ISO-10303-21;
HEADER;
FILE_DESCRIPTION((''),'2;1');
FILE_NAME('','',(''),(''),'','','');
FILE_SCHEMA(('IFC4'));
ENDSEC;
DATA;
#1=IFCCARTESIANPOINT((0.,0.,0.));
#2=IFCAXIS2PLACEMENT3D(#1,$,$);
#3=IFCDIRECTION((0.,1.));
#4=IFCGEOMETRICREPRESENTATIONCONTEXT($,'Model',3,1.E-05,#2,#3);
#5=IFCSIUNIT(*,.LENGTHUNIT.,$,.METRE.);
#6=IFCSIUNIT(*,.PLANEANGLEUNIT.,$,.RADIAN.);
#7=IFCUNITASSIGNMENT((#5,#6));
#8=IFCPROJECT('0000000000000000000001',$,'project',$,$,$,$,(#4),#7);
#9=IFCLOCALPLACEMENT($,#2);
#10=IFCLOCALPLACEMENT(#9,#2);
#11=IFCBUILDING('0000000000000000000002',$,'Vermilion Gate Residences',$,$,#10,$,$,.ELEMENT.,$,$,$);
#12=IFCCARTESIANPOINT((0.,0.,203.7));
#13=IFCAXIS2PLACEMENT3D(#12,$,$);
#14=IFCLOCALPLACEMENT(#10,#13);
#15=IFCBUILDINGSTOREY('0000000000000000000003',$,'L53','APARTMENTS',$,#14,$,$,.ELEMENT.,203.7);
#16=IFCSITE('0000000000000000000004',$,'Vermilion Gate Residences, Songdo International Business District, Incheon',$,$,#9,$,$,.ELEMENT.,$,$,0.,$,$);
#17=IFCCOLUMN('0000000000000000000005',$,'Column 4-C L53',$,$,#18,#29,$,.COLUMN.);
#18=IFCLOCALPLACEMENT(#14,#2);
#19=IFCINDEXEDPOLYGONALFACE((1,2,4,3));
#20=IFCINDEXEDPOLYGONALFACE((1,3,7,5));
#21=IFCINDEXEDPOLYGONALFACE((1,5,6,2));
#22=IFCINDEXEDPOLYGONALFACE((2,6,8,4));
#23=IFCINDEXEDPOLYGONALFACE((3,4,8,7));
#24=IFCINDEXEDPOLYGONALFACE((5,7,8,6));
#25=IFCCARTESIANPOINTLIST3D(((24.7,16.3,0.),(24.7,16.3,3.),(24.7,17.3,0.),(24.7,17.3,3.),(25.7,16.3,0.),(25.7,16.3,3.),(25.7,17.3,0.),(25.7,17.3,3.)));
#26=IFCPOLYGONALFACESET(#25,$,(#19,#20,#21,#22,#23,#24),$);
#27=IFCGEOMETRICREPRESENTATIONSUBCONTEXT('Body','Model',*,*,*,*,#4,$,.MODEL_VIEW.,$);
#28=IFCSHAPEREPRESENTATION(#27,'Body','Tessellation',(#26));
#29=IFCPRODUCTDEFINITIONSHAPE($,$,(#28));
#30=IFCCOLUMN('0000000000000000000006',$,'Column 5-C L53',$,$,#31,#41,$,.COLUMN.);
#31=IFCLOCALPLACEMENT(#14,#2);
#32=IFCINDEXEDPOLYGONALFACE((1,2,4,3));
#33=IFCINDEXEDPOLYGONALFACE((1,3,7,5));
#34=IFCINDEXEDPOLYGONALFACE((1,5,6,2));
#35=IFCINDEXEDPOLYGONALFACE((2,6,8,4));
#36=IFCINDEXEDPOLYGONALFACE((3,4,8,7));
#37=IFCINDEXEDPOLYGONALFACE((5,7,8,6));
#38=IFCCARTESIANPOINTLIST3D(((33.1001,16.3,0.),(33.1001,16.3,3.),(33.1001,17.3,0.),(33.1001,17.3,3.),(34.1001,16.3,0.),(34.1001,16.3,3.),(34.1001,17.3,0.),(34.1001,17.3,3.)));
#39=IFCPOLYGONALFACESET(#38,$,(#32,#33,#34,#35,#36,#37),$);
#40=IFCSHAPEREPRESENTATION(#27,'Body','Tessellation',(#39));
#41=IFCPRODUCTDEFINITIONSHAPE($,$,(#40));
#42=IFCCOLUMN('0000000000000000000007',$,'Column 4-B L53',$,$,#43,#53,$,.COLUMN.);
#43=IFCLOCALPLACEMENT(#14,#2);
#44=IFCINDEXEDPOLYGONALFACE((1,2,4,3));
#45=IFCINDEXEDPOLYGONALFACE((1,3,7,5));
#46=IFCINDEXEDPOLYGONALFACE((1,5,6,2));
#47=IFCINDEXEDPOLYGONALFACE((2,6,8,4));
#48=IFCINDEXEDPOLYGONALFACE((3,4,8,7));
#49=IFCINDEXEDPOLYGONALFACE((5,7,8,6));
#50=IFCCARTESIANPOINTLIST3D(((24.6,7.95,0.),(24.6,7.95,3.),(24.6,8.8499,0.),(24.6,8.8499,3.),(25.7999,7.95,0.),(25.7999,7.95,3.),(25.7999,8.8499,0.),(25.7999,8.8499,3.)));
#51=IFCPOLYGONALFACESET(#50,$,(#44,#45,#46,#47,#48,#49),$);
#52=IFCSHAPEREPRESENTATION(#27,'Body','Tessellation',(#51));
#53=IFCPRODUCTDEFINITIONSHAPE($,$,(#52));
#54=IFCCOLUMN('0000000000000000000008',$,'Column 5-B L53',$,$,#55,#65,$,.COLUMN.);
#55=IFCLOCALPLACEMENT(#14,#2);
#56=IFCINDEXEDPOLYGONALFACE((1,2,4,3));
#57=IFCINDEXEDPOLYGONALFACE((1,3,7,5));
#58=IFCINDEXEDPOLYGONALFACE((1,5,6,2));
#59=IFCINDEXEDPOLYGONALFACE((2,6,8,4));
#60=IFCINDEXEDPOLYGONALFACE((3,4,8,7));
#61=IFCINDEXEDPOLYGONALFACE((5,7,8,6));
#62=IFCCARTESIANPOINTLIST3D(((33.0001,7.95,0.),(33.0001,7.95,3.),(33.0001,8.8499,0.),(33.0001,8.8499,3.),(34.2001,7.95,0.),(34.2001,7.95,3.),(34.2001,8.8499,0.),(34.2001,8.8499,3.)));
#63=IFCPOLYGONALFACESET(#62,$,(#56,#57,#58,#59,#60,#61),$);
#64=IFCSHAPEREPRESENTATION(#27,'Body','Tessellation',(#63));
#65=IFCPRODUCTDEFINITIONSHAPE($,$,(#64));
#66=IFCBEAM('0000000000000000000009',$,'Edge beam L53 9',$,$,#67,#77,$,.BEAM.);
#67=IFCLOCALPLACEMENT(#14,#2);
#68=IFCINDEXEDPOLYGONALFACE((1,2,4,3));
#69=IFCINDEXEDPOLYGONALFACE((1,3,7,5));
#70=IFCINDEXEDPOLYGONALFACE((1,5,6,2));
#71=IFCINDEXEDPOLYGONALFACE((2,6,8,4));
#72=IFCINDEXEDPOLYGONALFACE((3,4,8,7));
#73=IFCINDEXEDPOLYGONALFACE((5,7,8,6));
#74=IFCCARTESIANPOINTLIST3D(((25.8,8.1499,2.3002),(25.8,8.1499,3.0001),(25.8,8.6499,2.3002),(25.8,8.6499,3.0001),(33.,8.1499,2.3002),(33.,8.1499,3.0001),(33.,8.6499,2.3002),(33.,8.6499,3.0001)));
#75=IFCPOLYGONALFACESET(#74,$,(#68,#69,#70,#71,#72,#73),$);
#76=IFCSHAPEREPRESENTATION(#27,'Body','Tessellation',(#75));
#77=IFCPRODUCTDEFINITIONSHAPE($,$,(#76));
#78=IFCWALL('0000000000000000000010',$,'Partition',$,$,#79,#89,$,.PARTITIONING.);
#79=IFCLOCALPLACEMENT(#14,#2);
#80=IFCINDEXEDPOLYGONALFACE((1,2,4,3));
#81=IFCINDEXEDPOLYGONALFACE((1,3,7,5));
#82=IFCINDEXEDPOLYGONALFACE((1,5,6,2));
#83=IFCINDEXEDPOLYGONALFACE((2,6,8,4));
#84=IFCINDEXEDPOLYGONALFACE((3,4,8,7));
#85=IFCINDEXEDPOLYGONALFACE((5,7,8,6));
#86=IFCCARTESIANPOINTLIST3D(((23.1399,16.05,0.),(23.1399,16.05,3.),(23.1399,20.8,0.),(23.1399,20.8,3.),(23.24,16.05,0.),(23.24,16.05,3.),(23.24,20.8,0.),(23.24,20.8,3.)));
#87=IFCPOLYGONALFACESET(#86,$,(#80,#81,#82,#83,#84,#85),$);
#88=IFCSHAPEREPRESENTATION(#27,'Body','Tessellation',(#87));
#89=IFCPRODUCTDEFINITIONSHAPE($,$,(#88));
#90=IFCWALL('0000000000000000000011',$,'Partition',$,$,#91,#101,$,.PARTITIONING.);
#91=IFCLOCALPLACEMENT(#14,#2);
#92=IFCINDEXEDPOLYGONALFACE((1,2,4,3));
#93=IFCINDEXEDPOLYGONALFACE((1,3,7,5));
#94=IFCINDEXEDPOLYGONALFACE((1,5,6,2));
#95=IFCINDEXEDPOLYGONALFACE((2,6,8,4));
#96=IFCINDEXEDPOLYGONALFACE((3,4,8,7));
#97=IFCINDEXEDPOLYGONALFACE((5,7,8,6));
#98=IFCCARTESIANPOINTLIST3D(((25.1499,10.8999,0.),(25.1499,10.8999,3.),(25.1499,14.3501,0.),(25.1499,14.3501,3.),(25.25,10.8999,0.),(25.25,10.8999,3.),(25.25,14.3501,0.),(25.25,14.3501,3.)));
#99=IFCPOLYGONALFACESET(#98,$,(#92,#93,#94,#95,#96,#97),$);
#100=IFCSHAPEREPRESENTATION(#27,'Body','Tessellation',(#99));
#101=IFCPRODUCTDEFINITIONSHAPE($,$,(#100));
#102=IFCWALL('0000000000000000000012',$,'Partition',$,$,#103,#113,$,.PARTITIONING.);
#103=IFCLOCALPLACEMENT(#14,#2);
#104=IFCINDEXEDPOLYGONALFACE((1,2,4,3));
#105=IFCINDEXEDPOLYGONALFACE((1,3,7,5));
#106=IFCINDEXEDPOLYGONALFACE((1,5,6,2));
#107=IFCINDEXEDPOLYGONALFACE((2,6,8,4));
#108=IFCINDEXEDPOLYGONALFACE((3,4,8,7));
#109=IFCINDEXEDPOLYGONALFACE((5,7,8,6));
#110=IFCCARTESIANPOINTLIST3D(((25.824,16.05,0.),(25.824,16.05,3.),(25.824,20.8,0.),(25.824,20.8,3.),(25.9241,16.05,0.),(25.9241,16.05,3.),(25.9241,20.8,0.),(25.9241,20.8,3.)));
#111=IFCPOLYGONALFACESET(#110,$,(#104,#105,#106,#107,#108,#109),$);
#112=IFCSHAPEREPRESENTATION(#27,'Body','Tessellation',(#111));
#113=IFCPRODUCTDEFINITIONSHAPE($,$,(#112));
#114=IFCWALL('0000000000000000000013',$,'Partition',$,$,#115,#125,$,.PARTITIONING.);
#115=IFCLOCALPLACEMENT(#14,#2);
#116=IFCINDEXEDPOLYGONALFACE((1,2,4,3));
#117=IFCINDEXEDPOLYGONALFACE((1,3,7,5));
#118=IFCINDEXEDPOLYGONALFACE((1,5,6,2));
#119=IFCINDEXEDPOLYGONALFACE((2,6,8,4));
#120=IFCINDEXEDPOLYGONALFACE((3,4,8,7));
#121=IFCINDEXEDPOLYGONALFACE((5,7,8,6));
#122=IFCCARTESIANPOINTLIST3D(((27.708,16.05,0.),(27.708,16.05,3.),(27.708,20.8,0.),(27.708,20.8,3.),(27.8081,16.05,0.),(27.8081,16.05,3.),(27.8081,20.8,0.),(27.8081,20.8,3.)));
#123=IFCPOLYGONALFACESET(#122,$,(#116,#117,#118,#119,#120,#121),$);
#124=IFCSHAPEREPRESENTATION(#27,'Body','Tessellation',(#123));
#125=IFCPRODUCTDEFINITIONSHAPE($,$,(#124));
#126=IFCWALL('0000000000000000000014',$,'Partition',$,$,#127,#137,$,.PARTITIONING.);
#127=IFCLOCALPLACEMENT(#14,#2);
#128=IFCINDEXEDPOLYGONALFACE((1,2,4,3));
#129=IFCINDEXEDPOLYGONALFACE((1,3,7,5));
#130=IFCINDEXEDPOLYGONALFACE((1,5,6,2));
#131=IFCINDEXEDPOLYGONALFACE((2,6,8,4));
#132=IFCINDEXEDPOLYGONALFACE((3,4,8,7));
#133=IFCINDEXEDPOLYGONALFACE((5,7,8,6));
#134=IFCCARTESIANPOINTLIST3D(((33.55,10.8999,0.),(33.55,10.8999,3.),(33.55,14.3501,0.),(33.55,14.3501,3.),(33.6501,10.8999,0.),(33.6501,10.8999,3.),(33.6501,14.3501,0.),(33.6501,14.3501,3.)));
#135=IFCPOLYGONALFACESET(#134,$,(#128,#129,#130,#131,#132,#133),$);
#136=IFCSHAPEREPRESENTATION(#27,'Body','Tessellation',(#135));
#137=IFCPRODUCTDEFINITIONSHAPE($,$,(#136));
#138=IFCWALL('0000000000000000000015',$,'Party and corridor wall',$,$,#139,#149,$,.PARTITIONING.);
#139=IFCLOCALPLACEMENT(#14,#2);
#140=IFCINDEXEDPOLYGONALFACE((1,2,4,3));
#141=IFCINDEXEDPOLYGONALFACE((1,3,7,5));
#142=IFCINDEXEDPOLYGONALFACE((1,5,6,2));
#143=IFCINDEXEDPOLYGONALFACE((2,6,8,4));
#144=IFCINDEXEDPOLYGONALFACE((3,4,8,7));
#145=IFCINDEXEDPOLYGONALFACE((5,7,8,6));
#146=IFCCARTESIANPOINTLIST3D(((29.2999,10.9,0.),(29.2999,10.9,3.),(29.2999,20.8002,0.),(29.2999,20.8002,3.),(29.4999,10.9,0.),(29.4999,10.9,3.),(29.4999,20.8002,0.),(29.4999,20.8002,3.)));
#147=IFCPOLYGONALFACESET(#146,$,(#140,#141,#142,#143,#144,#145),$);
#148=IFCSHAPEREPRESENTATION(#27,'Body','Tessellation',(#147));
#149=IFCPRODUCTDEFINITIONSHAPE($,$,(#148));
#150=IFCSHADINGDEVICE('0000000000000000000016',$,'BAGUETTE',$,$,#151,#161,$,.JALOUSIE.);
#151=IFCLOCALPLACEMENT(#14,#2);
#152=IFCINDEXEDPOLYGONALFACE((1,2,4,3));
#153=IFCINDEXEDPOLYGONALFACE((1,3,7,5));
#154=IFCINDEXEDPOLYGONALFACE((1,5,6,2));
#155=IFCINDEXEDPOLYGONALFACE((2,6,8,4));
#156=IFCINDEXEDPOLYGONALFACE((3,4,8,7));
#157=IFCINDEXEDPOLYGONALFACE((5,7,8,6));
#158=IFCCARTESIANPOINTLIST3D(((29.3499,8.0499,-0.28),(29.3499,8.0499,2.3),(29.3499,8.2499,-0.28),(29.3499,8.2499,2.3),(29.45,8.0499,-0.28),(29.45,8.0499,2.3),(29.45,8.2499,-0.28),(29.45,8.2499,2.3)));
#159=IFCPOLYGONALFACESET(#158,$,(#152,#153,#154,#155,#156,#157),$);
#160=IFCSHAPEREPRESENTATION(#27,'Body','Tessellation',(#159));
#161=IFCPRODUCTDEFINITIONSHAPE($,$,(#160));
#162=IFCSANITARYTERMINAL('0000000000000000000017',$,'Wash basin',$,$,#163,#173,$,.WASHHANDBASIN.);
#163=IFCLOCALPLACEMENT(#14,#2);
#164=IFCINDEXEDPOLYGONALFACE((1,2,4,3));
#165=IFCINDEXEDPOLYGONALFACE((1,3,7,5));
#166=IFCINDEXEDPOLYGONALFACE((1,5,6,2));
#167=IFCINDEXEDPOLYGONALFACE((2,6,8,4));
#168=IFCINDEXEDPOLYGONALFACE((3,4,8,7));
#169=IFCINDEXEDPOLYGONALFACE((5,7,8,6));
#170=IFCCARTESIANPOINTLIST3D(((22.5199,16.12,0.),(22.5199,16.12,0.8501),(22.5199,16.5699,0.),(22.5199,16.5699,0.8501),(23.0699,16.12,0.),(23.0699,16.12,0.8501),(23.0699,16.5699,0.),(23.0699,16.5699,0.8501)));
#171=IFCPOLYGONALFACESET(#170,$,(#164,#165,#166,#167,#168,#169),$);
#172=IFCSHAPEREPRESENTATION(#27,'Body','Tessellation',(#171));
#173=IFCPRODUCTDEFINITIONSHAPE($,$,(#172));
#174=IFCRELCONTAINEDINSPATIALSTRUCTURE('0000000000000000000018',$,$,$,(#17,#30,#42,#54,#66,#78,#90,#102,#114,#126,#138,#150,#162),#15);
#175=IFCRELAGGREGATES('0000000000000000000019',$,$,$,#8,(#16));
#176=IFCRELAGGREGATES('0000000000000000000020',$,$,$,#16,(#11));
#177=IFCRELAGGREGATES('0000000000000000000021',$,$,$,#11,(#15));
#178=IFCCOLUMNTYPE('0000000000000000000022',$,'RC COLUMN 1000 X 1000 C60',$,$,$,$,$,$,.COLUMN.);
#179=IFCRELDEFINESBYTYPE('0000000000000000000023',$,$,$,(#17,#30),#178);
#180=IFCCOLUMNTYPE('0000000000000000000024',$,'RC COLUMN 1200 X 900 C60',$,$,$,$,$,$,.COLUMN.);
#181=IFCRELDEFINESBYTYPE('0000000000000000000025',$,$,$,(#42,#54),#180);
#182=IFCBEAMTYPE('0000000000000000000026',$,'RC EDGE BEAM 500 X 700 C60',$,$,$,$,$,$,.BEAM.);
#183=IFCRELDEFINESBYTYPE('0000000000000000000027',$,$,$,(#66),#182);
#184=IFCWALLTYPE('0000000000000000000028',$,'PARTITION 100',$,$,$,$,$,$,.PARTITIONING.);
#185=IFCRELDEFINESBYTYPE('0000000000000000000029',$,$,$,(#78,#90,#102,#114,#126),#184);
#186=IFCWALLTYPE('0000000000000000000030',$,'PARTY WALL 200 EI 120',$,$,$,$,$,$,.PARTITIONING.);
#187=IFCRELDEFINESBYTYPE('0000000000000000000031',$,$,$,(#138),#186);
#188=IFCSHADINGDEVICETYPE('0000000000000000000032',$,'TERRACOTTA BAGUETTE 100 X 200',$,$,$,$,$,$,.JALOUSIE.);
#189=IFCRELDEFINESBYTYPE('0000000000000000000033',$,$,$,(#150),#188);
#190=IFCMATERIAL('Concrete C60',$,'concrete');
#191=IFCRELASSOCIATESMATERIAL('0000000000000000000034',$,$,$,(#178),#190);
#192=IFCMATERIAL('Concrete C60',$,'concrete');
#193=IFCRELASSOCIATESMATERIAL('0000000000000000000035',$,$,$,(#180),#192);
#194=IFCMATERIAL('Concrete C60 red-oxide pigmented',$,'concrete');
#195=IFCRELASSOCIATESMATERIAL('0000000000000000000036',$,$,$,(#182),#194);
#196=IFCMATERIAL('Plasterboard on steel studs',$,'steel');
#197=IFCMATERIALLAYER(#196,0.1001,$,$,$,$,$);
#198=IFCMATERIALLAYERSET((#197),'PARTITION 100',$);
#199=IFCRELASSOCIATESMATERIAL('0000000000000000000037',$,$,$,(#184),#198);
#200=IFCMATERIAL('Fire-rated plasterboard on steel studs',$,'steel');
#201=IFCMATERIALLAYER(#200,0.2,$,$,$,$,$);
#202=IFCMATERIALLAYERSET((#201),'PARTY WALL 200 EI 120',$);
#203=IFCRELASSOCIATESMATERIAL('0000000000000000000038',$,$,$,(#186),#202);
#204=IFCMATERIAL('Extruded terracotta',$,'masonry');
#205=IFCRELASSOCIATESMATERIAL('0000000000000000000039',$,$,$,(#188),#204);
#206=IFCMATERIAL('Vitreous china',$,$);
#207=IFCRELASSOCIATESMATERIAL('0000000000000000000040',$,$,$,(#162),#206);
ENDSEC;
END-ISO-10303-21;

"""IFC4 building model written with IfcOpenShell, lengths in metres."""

from ifc_helpers import new_model, si_unit, direction, frame, frame_2d, origin, origin_2d, place, context, subcontext, project, spatial, rectangle, extrude, material, layer, layer_set, material_profile, profile_set, type_object, element, save


model = new_model("IFC4")

# Units and contexts
model_context = context("Model", 3, precision=1e-05, world=origin(), true_north=direction((0.0, 1.0)))
body_context = subcontext(model_context, "Body", "Model", "MODEL_VIEW")
ifc_project = project(units=[si_unit("LENGTHUNIT", "METRE"), si_unit("PLANEANGLEUNIT", "RADIAN")], contexts=[model_context])

# Site, building, storey
site_placement = place(None, origin())
site = spatial("IfcSite", under=ifc_project, at=site_placement, Name="Vermilion Gate Residences, Songdo International Business District, Incheon", CompositionType="ELEMENT", RefElevation=0.0)
building_placement = place(site_placement, origin())
building = spatial("IfcBuilding", under=site, at=building_placement, Name="Vermilion Gate Residences", CompositionType="ELEMENT")
storey_placement = place(building_placement, frame((0.0, 0.0, 203.7)))
storey = spatial("IfcBuildingStorey", under=building, at=storey_placement, Name="L53", Description="APARTMENTS", CompositionType="ELEMENT", Elevation=203.7)

# Columns
ifc_material_1 = material(Name="Concrete C60", Category="concrete")
ifc_material_profile_1 = material_profile(ifc_material_1, rectangle(XDim=1.0, YDim=1.0, at=origin_2d()), Name="RC-1000x1000")
ifc_profile_set_1 = profile_set([ifc_material_profile_1], Name="Concrete C60")
column_type_1 = type_object("IfcColumnType", Name="RC COLUMN 1000 X 1000 C60", PredefinedType="COLUMN", material=ifc_profile_set_1)
for number, where, z_axis, x_axis, name in (
    (1, (25.2, 16.8, 0.0), (0.0, 0.0, 1.0), (1.0, 0.0, 0.0), "Column 4-C L53"),
    (2, (33.6001, 16.8, 0.0), (0.0, 0.0, 1.0), (1.0, 0.0, 0.0), "Column 5-C L53"),
):
    element("IfcColumn", number, at=place(storey_placement, frame(where, z_axis=z_axis, x_axis=x_axis)), inside=storey, type_object=column_type_1, Name=name, PredefinedType="COLUMN", context=body_context, shape_type="SweptSolid", body=[
        extrude(rectangle(XDim=1.0, YDim=1.0, at=origin_2d()), origin(), (0.0, 0.0, 1.0), 3.0),
    ])
ifc_material_2 = material(Name="Concrete C60", Category="concrete")
ifc_material_profile_2 = material_profile(ifc_material_2, rectangle(XDim=1.2, YDim=0.8999, at=origin_2d()), Name="RC-1200x900")
ifc_profile_set_2 = profile_set([ifc_material_profile_2], Name="Concrete C60")
column_type_2 = type_object("IfcColumnType", Name="RC COLUMN 1200 X 900 C60", PredefinedType="COLUMN", material=ifc_profile_set_2)
for number, where, z_axis, x_axis, name in (
    (3, (25.2, 8.3999, 0.0), (0.0, 0.0, 1.0), (1.0, 0.0, 0.0), "Column 4-B L53"),
    (4, (33.6001, 8.3999, 0.0), (0.0, 0.0, 1.0), (1.0, 0.0, 0.0), "Column 5-B L53"),
):
    element("IfcColumn", number, at=place(storey_placement, frame(where, z_axis=z_axis, x_axis=x_axis)), inside=storey, type_object=column_type_2, Name=name, PredefinedType="COLUMN", context=body_context, shape_type="SweptSolid", body=[
        extrude(rectangle(XDim=1.2, YDim=0.8999, at=origin_2d()), origin(), (0.0, 0.0, 1.0), 3.0),
    ])

# Beam
ifc_material_3 = material(Name="Concrete C60 red-oxide pigmented", Category="concrete")
ifc_material_profile_3 = material_profile(ifc_material_3, rectangle(XDim=0.5, YDim=0.7, at=origin_2d()), Name="RC-500x700")
ifc_profile_set_3 = profile_set([ifc_material_profile_3], Name="Concrete C60 red-oxide pigmented")
beam_type = type_object("IfcBeamType", Name="RC EDGE BEAM 500 X 700 C60", PredefinedType="BEAM", material=ifc_profile_set_3)
beam_placement = place(storey_placement, frame((25.8, 8.3999, 2.6501), z_axis=(1.0, 0.0, 0.0), x_axis=(0.0, 1.0, 0.0)))
element("IfcBeam", 5, at=beam_placement, inside=storey, type_object=beam_type, Name="Edge beam L53 9", PredefinedType="BEAM", context=body_context, shape_type="SweptSolid", body=[
    extrude(rectangle(XDim=0.5, YDim=0.7, at=origin_2d()), origin(), (0.0, 0.0, 1.0), 7.2),
])

# Walls
ifc_material_4 = material(Name="Plasterboard on steel studs", Category="steel")
ifc_layer_1 = layer(ifc_material_4, 0.1001)
ifc_layer_set_1 = layer_set([ifc_layer_1], Name="PARTITION 100")
wall_type_1 = type_object("IfcWallType", Name="PARTITION 100", PredefinedType="PARTITIONING", material=ifc_layer_set_1)
wall_1_placement = place(storey_placement, frame((23.1899, 16.05, 0.0), z_axis=(0.0, 0.0, 1.0), x_axis=(0.0, 1.0, 0.0)))
element("IfcWall", 6, at=wall_1_placement, inside=storey, type_object=wall_type_1, Name="Partition", PredefinedType="PARTITIONING", context=body_context, shape_type="SweptSolid", body=[
    extrude(rectangle(XDim=4.75, YDim=0.1001, at=frame_2d((2.375, 0.0))), origin(), (0.0, 0.0, 1.0), 3.0),
])
wall_2_placement = place(storey_placement, frame((25.2, 10.8999, 0.0), z_axis=(0.0, 0.0, 1.0), x_axis=(0.0, 1.0, 0.0)))
element("IfcWall", 7, at=wall_2_placement, inside=storey, type_object=wall_type_1, Name="Partition", PredefinedType="PARTITIONING", context=body_context, shape_type="SweptSolid", body=[
    extrude(rectangle(XDim=3.4502, YDim=0.1001, at=frame_2d((1.7251, 0.0))), origin(), (0.0, 0.0, 1.0), 3.0),
])
for number, where, z_axis, x_axis, name in (
    (8, (25.874, 16.05, 0.0), (0.0, 0.0, 1.0), (0.0, 1.0, 0.0), "Partition"),
    (9, (27.7581, 16.05, 0.0), (0.0, 0.0, 1.0), (0.0, 1.0, 0.0), "Partition"),
):
    element("IfcWall", number, at=place(storey_placement, frame(where, z_axis=z_axis, x_axis=x_axis)), inside=storey, type_object=wall_type_1, Name=name, PredefinedType="PARTITIONING", context=body_context, shape_type="SweptSolid", body=[
        extrude(rectangle(XDim=4.75, YDim=0.1001, at=frame_2d((2.375, 0.0))), origin(), (0.0, 0.0, 1.0), 3.0),
    ])
wall_3_placement = place(storey_placement, frame((33.6001, 10.8999, 0.0), z_axis=(0.0, 0.0, 1.0), x_axis=(0.0, 1.0, 0.0)))
element("IfcWall", 10, at=wall_3_placement, inside=storey, type_object=wall_type_1, Name="Partition", PredefinedType="PARTITIONING", context=body_context, shape_type="SweptSolid", body=[
    extrude(rectangle(XDim=3.4502, YDim=0.1001, at=frame_2d((1.7251, 0.0))), origin(), (0.0, 0.0, 1.0), 3.0),
])
ifc_material_5 = material(Name="Fire-rated plasterboard on steel studs", Category="steel")
ifc_layer_2 = layer(ifc_material_5, 0.2)
ifc_layer_set_2 = layer_set([ifc_layer_2], Name="PARTY WALL 200 EI 120")
wall_type_2 = type_object("IfcWallType", Name="PARTY WALL 200 EI 120", PredefinedType="PARTITIONING", material=ifc_layer_set_2)
wall_4_placement = place(storey_placement, frame((29.3999, 10.8999, 0.0), z_axis=(0.0, 0.0, 1.0), x_axis=(0.0, 1.0, 0.0)))
element("IfcWall", 11, at=wall_4_placement, inside=storey, type_object=wall_type_2, Name="Party and corridor wall", PredefinedType="PARTITIONING", context=body_context, shape_type="SweptSolid", body=[
    extrude(rectangle(XDim=9.9001, YDim=0.2, at=frame_2d((4.9502, 0.0))), origin(), (0.0, 0.0, 1.0), 3.0),
])

# Shading device
ifc_material_6 = material(Name="Extruded terracotta", Category="masonry")
ifc_material_profile_4 = material_profile(ifc_material_6, rectangle(XDim=0.2, YDim=0.1001, at=origin_2d()), Name="BAGUETTE 100 X 200")
ifc_profile_set_4 = profile_set([ifc_material_profile_4], Name="Extruded terracotta")
shading_device_type = type_object("IfcShadingDeviceType", Name="TERRACOTTA BAGUETTE 100 X 200", PredefinedType="JALOUSIE", material=ifc_profile_set_4)
shading_device_placement = place(storey_placement, frame((29.3999, 8.1499, -0.28), z_axis=(0.0, 0.0, 1.0), x_axis=(0.0, 1.0, 0.0)))
element("IfcShadingDevice", 12, at=shading_device_placement, inside=storey, type_object=shading_device_type, Name="BAGUETTE", PredefinedType="JALOUSIE", context=body_context, shape_type="SweptSolid", body=[
    extrude(rectangle(XDim=0.2, YDim=0.1001, at=origin_2d()), origin(), (0.0, 0.0, 1.0), 2.5801),
])

# Sanitary terminal
ifc_material_7 = material(Name="Vitreous china")
sanitary_terminal_placement = place(storey_placement, frame((22.7949, 16.345, 0.0), z_axis=(0.0, 0.0, 1.0), x_axis=(1.0, 0.0, 0.0)))
element("IfcSanitaryTerminal", 13, at=sanitary_terminal_placement, inside=storey, material=ifc_material_7, Name="Wash basin", PredefinedType="WASHHANDBASIN", context=body_context, shape_type="SweptSolid", body=[
    extrude(rectangle(XDim=0.55, YDim=0.45, at=origin_2d()), origin(), (0.0, 0.0, 1.0), 0.8501),
])

save(model, "model.ifc")
